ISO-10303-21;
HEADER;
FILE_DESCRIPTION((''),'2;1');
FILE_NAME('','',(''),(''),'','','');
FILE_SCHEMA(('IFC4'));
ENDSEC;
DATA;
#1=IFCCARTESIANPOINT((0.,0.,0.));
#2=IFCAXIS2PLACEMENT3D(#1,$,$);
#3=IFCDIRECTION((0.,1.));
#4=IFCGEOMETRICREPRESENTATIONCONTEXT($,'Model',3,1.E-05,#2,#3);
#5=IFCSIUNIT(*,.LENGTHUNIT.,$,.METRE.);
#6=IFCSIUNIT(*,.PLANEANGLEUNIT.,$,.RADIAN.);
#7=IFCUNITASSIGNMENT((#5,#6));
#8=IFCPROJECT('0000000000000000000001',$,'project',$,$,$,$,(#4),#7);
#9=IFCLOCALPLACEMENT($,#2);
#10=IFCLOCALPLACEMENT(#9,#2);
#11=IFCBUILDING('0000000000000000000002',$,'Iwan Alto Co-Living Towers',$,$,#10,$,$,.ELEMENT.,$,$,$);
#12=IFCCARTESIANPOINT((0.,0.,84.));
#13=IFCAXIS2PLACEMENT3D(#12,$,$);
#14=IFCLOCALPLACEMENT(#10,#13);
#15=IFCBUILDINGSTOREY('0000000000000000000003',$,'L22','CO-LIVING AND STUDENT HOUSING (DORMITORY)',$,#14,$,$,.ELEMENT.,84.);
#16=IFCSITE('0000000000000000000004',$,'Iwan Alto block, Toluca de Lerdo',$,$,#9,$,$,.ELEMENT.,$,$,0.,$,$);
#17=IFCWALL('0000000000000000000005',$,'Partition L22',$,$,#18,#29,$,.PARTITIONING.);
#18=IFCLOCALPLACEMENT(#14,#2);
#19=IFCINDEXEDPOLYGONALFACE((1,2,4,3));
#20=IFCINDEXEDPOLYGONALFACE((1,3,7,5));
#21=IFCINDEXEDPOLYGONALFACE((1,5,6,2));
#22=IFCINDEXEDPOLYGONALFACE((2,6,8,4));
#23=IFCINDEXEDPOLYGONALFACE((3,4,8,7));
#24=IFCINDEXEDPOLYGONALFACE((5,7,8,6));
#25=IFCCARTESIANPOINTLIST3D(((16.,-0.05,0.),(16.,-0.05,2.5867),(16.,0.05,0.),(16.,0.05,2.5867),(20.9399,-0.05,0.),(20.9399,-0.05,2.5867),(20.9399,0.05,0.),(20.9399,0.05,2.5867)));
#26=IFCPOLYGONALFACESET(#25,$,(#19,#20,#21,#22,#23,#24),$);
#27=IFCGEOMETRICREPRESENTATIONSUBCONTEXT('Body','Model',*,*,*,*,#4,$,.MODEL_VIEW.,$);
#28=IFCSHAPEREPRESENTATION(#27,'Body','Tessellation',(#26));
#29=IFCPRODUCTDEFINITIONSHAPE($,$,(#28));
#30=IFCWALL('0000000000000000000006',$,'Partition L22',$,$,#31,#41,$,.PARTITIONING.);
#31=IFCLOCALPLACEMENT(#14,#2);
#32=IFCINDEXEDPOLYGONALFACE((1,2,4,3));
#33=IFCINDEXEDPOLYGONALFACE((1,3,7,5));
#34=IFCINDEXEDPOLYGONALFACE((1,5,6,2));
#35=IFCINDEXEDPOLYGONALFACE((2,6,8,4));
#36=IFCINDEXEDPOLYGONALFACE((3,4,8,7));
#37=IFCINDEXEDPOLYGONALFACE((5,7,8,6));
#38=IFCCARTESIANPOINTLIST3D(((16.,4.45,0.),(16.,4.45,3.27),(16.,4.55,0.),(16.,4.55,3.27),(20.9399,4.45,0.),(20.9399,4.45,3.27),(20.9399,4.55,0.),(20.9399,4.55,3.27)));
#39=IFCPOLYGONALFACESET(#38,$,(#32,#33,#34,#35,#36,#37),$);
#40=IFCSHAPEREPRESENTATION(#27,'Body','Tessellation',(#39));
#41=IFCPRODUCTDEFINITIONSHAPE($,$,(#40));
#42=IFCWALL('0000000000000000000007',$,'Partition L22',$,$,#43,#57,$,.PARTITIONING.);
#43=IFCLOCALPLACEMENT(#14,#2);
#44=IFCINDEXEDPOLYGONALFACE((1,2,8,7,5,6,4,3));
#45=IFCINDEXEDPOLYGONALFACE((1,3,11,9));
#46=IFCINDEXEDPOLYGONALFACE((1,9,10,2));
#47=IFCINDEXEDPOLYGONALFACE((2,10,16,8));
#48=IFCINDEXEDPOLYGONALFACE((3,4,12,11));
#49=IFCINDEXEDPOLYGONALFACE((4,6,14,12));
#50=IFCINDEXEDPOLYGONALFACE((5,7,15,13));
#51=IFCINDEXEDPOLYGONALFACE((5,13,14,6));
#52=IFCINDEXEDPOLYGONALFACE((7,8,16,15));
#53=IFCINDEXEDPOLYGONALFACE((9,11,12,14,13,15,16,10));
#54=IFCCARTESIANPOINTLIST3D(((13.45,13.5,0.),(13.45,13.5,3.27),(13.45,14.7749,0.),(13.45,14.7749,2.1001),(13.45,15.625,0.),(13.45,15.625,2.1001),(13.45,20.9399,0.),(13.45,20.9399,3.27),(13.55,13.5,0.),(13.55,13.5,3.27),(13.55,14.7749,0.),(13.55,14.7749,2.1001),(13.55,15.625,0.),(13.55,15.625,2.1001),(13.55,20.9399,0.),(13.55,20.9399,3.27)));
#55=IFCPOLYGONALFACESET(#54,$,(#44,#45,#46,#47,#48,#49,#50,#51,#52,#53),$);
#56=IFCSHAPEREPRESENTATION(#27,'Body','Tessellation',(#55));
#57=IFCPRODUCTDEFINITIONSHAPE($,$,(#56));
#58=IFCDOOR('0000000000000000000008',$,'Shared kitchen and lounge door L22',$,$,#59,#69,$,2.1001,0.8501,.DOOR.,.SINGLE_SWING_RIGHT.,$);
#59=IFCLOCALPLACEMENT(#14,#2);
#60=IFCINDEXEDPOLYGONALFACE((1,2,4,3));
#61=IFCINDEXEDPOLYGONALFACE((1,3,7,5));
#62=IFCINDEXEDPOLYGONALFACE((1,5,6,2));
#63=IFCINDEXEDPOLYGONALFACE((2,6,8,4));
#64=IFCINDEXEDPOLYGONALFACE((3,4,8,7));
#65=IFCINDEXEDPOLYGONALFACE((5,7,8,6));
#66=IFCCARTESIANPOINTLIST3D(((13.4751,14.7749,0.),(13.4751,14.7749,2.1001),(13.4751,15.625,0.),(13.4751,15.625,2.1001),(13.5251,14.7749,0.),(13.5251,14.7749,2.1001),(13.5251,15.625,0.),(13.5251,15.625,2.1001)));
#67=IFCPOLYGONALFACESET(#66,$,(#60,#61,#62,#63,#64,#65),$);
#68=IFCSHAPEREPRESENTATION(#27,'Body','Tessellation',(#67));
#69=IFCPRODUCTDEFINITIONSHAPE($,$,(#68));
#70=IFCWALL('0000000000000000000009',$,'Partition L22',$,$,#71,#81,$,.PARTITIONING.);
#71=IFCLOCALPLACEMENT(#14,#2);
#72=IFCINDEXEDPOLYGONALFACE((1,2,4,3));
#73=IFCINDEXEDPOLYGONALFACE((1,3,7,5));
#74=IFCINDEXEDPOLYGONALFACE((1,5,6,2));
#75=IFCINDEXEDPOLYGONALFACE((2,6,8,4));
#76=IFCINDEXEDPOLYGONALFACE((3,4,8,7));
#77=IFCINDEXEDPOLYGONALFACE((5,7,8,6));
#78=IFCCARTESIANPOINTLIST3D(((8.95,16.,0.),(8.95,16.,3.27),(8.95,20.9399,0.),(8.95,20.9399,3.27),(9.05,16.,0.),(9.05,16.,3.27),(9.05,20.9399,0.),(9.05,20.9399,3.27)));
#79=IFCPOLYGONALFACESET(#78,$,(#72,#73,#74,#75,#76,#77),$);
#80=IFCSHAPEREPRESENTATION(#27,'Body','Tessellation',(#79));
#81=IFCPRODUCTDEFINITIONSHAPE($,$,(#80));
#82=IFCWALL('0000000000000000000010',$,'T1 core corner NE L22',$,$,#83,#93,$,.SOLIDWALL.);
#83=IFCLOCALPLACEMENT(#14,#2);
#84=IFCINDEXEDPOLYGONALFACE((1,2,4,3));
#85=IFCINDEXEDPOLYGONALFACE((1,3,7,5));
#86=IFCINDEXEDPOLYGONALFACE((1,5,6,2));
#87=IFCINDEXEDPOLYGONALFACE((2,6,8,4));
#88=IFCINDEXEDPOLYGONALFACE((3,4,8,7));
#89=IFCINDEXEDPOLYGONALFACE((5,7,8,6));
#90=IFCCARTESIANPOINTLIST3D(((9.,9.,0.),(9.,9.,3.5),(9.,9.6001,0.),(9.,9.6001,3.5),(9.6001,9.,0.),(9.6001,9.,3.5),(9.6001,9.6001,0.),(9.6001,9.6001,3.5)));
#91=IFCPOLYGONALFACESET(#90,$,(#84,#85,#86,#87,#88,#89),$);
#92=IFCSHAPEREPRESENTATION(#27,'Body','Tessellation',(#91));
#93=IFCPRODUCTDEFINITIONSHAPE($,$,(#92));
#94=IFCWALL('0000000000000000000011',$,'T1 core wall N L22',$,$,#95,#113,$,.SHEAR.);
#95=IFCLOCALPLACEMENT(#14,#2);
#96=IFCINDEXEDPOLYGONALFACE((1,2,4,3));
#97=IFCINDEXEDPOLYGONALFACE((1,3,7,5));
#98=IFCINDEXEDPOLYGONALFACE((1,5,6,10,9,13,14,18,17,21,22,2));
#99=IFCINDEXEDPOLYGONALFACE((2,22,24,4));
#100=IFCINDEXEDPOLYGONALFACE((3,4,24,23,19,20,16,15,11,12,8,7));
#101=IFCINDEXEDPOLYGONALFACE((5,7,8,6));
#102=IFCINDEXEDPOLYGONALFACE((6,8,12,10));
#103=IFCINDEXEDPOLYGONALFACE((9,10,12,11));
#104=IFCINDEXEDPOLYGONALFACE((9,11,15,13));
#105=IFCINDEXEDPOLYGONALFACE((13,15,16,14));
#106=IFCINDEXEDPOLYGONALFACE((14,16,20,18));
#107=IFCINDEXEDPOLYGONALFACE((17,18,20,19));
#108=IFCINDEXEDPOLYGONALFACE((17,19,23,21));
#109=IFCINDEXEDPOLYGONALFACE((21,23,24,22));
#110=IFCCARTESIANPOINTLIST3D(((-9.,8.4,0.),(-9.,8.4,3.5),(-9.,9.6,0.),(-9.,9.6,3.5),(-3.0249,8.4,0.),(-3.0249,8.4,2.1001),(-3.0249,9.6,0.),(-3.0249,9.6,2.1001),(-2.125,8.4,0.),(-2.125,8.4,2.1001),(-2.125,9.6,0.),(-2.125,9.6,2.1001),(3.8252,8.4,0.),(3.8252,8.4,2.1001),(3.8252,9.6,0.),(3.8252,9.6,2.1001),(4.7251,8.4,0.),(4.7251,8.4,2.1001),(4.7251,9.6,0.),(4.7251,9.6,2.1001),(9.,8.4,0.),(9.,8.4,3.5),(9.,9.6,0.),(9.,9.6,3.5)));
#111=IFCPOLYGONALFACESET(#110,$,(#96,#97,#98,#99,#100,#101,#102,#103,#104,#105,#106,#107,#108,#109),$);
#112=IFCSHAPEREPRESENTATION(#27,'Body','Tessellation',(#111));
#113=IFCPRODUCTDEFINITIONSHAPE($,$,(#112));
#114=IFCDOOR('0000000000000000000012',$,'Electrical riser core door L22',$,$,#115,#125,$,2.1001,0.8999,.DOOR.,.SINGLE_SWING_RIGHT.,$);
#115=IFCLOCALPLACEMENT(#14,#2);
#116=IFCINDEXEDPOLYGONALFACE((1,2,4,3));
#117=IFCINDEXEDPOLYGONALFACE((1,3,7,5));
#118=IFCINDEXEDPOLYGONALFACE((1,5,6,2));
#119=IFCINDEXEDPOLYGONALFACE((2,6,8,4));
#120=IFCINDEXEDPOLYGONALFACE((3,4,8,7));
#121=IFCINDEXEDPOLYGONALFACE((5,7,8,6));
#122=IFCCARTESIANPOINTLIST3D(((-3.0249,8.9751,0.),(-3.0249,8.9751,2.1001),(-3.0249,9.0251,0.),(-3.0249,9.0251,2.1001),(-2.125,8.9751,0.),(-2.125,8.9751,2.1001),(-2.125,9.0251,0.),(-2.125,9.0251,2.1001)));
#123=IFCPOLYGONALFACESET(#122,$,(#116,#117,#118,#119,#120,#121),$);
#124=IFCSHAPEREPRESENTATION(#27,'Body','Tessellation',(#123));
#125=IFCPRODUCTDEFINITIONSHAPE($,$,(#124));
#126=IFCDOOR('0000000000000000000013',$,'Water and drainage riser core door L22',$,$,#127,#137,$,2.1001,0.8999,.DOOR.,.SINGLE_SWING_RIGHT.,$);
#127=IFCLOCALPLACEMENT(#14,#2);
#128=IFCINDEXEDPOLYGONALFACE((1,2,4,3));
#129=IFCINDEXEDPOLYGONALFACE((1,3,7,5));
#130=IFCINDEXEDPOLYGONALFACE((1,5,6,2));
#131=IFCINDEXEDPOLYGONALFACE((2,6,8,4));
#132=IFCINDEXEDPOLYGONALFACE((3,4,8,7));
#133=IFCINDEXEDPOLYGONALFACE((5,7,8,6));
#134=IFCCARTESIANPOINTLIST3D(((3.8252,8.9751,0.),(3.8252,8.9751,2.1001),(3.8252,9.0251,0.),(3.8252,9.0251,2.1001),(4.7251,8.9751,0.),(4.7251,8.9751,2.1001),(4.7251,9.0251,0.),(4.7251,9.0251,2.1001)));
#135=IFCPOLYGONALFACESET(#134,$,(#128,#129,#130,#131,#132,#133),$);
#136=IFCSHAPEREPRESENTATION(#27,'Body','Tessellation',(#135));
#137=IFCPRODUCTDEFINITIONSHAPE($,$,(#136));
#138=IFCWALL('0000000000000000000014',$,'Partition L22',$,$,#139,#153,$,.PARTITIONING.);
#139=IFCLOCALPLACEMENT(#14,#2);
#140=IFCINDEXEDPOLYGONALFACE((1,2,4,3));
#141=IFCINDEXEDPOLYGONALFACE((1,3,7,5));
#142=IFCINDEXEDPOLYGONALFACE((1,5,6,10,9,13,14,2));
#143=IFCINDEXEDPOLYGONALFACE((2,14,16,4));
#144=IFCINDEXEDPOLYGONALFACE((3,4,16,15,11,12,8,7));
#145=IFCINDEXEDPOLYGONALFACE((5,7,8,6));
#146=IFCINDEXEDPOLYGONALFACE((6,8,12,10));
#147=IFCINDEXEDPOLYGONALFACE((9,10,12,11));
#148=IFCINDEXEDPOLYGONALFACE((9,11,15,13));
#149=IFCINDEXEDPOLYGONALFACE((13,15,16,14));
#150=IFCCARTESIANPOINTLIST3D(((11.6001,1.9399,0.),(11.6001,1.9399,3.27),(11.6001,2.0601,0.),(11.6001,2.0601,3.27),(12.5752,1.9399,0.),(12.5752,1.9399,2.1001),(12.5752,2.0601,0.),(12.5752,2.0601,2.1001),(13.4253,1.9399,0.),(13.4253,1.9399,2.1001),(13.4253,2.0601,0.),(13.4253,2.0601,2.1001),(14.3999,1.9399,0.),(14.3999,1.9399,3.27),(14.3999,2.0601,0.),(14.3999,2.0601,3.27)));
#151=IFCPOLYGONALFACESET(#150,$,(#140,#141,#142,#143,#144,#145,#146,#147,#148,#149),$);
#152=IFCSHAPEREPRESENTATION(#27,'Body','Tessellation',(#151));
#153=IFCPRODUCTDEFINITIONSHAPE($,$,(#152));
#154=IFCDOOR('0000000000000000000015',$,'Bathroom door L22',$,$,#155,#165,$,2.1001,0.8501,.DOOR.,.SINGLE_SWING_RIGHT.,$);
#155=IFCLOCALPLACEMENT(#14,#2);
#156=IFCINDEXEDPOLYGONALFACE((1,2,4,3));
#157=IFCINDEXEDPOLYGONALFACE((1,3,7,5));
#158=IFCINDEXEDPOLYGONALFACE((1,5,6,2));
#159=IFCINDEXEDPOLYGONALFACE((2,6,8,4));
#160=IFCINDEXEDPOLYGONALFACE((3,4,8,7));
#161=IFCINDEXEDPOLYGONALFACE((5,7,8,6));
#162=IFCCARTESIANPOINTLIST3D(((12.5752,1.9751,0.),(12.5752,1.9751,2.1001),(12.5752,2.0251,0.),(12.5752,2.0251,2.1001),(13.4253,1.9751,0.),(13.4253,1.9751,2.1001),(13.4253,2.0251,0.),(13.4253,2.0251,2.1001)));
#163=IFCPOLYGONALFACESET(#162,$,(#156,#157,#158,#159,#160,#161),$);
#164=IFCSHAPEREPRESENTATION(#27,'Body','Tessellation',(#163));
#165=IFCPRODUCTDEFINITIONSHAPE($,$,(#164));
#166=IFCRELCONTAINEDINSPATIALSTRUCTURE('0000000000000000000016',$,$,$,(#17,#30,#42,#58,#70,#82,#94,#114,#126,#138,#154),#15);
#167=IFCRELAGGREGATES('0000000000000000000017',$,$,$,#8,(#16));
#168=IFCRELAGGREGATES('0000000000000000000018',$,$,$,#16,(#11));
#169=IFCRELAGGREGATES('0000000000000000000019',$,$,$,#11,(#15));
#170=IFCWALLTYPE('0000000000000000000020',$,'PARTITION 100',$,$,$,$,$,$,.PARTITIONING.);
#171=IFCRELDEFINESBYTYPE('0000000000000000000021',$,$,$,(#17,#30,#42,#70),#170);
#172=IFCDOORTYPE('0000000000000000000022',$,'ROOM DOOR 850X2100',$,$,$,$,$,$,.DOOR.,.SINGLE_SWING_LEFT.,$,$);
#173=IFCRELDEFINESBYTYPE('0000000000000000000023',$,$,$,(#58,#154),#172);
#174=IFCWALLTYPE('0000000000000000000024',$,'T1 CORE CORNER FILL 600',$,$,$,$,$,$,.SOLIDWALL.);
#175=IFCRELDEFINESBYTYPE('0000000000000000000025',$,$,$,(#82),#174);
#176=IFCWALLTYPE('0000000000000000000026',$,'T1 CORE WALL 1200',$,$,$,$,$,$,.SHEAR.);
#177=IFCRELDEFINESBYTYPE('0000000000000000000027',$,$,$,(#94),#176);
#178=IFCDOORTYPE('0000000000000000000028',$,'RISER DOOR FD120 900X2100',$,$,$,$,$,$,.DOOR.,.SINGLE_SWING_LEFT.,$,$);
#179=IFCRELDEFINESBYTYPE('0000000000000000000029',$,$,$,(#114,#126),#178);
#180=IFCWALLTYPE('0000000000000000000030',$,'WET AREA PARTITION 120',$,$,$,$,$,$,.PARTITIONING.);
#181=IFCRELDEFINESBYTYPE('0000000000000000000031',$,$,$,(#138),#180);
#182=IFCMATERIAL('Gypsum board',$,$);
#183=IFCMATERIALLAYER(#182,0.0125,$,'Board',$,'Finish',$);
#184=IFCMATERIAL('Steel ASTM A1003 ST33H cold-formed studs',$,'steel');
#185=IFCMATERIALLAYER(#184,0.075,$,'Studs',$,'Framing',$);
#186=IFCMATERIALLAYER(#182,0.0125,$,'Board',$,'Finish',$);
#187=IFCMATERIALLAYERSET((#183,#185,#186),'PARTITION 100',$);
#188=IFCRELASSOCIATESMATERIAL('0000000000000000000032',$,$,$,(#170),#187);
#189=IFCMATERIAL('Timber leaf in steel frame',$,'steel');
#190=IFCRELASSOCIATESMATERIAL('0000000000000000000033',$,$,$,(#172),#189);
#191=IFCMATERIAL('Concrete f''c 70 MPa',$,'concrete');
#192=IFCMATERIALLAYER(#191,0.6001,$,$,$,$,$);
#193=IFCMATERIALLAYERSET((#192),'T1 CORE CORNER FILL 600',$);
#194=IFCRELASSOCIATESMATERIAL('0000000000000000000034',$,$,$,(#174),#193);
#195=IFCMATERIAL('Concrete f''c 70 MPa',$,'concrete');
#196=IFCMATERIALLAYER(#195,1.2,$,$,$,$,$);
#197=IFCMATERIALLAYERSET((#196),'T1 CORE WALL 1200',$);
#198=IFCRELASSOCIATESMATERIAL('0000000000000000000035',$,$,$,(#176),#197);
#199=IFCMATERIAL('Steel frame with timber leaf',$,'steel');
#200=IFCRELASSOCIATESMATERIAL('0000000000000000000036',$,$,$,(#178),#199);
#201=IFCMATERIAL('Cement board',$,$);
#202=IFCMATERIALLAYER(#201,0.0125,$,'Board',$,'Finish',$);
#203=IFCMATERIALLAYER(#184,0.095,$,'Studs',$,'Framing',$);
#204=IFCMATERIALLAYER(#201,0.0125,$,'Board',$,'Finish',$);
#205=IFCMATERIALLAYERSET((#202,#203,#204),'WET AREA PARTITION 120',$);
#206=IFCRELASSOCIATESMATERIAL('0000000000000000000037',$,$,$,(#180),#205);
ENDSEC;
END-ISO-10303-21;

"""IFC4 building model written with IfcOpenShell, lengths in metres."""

from ifc_helpers import new_model, si_unit, direction, frame, frame_2d, origin, place, context, subcontext, project, spatial, rectangle, extrude, material, layer, layer_set, type_object, element, fill, save


model = new_model("IFC4")

# Units and contexts
model_context = context("Model", 3, precision=1e-05, world=origin(), true_north=direction((0.0, 1.0)))
body_context = subcontext(model_context, "Body", "Model", "MODEL_VIEW")
ifc_project = project(units=[si_unit("LENGTHUNIT", "METRE"), si_unit("PLANEANGLEUNIT", "RADIAN")], contexts=[model_context])

# Site, building, storey
site_placement = place(None, origin())
site = spatial("IfcSite", under=ifc_project, at=site_placement, Name="Iwan Alto block, Toluca de Lerdo", CompositionType="ELEMENT", RefElevation=0.0)
building_placement = place(site_placement, origin())
building = spatial("IfcBuilding", under=site, at=building_placement, Name="Iwan Alto Co-Living Towers", CompositionType="ELEMENT")
storey_placement = place(building_placement, frame((0.0, 0.0, 84.0)))
storey = spatial("IfcBuildingStorey", under=building, at=storey_placement, Name="L22", Description="CO-LIVING AND STUDENT HOUSING (DORMITORY)", CompositionType="ELEMENT", Elevation=84.0)

# Walls
ifc_material_1 = material(Name="Gypsum board")
ifc_material_2 = material(Name="Steel ASTM A1003 ST33H cold-formed studs", Category="steel")
ifc_layer_1 = layer(ifc_material_1, 0.0125, Name="Board", Category="Finish")
ifc_layer_2 = layer(ifc_material_2, 0.075, Name="Studs", Category="Framing")
ifc_layer_3 = layer(ifc_material_1, 0.0125, Name="Board", Category="Finish")
ifc_layer_set_1 = layer_set([ifc_layer_1, ifc_layer_2, ifc_layer_3], Name="PARTITION 100")
wall_type_1 = type_object("IfcWallType", Name="PARTITION 100", PredefinedType="PARTITIONING", material=ifc_layer_set_1)
wall_1_placement = place(storey_placement, frame((16.0, 0.0, 0.0), z_axis=(0.0, 0.0, 1.0), x_axis=(1.0, 0.0, 0.0)))
element("IfcWall", 1, at=wall_1_placement, inside=storey, type_object=wall_type_1, Name="Partition L22", PredefinedType="PARTITIONING", context=body_context, shape_type="SweptSolid", body=[
    extrude(rectangle(XDim=4.9399, YDim=0.1001, at=frame_2d((2.47, 0.0))), origin(), (0.0, 0.0, 1.0), 2.5867),
])
wall_2_placement = place(storey_placement, frame((16.0, 4.5, 0.0), z_axis=(0.0, 0.0, 1.0), x_axis=(1.0, 0.0, 0.0)))
element("IfcWall", 2, at=wall_2_placement, inside=storey, type_object=wall_type_1, Name="Partition L22", PredefinedType="PARTITIONING", context=body_context, shape_type="SweptSolid", body=[
    extrude(rectangle(XDim=4.9399, YDim=0.1001, at=frame_2d((2.47, 0.0))), origin(), (0.0, 0.0, 1.0), 3.27),
])

# Wall, opening, door
wall_3_placement = place(storey_placement, frame((13.5, 13.5, 0.0), z_axis=(0.0, 0.0, 1.0), x_axis=(0.0, 1.0, 0.0)))
wall_3 = element("IfcWall", 3, at=wall_3_placement, inside=storey, type_object=wall_type_1, Name="Partition L22", PredefinedType="PARTITIONING", context=body_context, shape_type="SweptSolid", body=[
    extrude(rectangle(XDim=7.4399, YDim=0.1001, at=frame_2d((3.72, 0.0))), origin(), (0.0, 0.0, 1.0), 3.27),
])
opening_1_placement = place(wall_3_placement, frame((1.2749, 0.0, 0.0)))
opening_1 = element("IfcOpeningElement", 4, at=opening_1_placement, cuts=wall_3, PredefinedType="OPENING", context=body_context, shape_type="SweptSolid", body=[
    extrude(rectangle(XDim=0.8501, YDim=2.1001, at=frame_2d((0.425, 1.05))), frame((0.0, 0.0601, 0.0), z_axis=(0.0, -1.0, 0.0), x_axis=(1.0, 0.0, 0.0)), (0.0, 0.0, 1.0), 0.1201),
])
ifc_material_3 = material(Name="Timber leaf in steel frame", Category="steel")
door_type_1 = type_object("IfcDoorType", Name="ROOM DOOR 850X2100", OperationType="SINGLE_SWING_LEFT", PredefinedType="DOOR", material=ifc_material_3)
door_1_placement = place(opening_1_placement, origin())
door_1 = element("IfcDoor", 5, at=door_1_placement, inside=storey, type_object=door_type_1, Name="Shared kitchen and lounge door L22", OperationType="SINGLE_SWING_RIGHT", OverallHeight=2.1001, OverallWidth=0.8501, PredefinedType="DOOR", context=body_context, shape_type="SweptSolid", body=[
    extrude(rectangle(XDim=0.8501, YDim=2.1001, at=frame_2d((0.425, 1.05))), frame((0.0, 0.0249, 0.0), z_axis=(0.0, -1.0, 0.0), x_axis=(1.0, 0.0, 0.0)), (0.0, 0.0, 1.0), 0.05),
])
fill(opening_1, door_1)

# Walls
wall_4_placement = place(storey_placement, frame((9.0, 16.0, 0.0), z_axis=(0.0, 0.0, 1.0), x_axis=(0.0, 1.0, 0.0)))
element("IfcWall", 6, at=wall_4_placement, inside=storey, type_object=wall_type_1, Name="Partition L22", PredefinedType="PARTITIONING", context=body_context, shape_type="SweptSolid", body=[
    extrude(rectangle(XDim=4.9399, YDim=0.1001, at=frame_2d((2.47, 0.0))), origin(), (0.0, 0.0, 1.0), 3.27),
])
ifc_material_4 = material(Name="Concrete f'c 70 MPa", Category="concrete")
ifc_layer_4 = layer(ifc_material_4, 0.6001)
ifc_layer_set_2 = layer_set([ifc_layer_4], Name="T1 CORE CORNER FILL 600")
wall_type_2 = type_object("IfcWallType", Name="T1 CORE CORNER FILL 600", PredefinedType="SOLIDWALL", material=ifc_layer_set_2)
wall_5_placement = place(storey_placement, frame((9.0, 9.3, 0.0), z_axis=(0.0, 0.0, 1.0), x_axis=(1.0, 0.0, 0.0)))
element("IfcWall", 7, at=wall_5_placement, inside=storey, type_object=wall_type_2, Name="T1 core corner NE L22", PredefinedType="SOLIDWALL", context=body_context, shape_type="SweptSolid", body=[
    extrude(rectangle(XDim=0.6001, YDim=0.6001, at=frame_2d((0.3, 0.0))), origin(), (0.0, 0.0, 1.0), 3.5),
])

# Wall, openings, doors
ifc_material_5 = material(Name="Concrete f'c 70 MPa", Category="concrete")
ifc_layer_5 = layer(ifc_material_5, 1.2)
ifc_layer_set_3 = layer_set([ifc_layer_5], Name="T1 CORE WALL 1200")
wall_type_3 = type_object("IfcWallType", Name="T1 CORE WALL 1200", PredefinedType="SHEAR", material=ifc_layer_set_3)
wall_6_placement = place(storey_placement, frame((9.0, 9.0, 0.0), z_axis=(0.0, 0.0, 1.0), x_axis=(-1.0, 0.0, 0.0)))
wall_6 = element("IfcWall", 8, at=wall_6_placement, inside=storey, type_object=wall_type_3, Name="T1 core wall N L22", PredefinedType="SHEAR", context=body_context, shape_type="SweptSolid", body=[
    extrude(rectangle(XDim=18.0, YDim=1.2, at=frame_2d((9.0, 0.0))), origin(), (0.0, 0.0, 1.0), 3.5),
])
opening_2_placement = place(wall_6_placement, frame((11.125, 0.0, 0.0)))
opening_2 = element("IfcOpeningElement", 9, at=opening_2_placement, cuts=wall_6, PredefinedType="OPENING", context=body_context, shape_type="SweptSolid", body=[
    extrude(rectangle(XDim=0.8999, YDim=2.1001, at=frame_2d((0.45, 1.05))), frame((0.0, 0.6099, 0.0), z_axis=(0.0, -1.0, 0.0), x_axis=(1.0, 0.0, 0.0)), (0.0, 0.0, 1.0), 1.22),
])
opening_3_placement = place(wall_6_placement, frame((4.2749, 0.0, 0.0)))
opening_3 = element("IfcOpeningElement", 10, at=opening_3_placement, cuts=wall_6, PredefinedType="OPENING", context=body_context, shape_type="SweptSolid", body=[
    extrude(rectangle(XDim=0.8999, YDim=2.1001, at=frame_2d((0.45, 1.05))), frame((0.0, 0.6099, 0.0), z_axis=(0.0, -1.0, 0.0), x_axis=(1.0, 0.0, 0.0)), (0.0, 0.0, 1.0), 1.22),
])
ifc_material_6 = material(Name="Steel frame with timber leaf", Category="steel")
door_type_2 = type_object("IfcDoorType", Name="RISER DOOR FD120 900X2100", OperationType="SINGLE_SWING_LEFT", PredefinedType="DOOR", material=ifc_material_6)
door_2_placement = place(opening_2_placement, origin())
door_2 = element("IfcDoor", 11, at=door_2_placement, inside=storey, type_object=door_type_2, Name="Electrical riser core door L22", OperationType="SINGLE_SWING_RIGHT", OverallHeight=2.1001, OverallWidth=0.8999, PredefinedType="DOOR", context=body_context, shape_type="SweptSolid", body=[
    extrude(rectangle(XDim=0.8999, YDim=2.1001, at=frame_2d((0.45, 1.05))), frame((0.0, 0.0249, 0.0), z_axis=(0.0, -1.0, 0.0), x_axis=(1.0, 0.0, 0.0)), (0.0, 0.0, 1.0), 0.05),
])
fill(opening_2, door_2)
door_3_placement = place(opening_3_placement, origin())
door_3 = element("IfcDoor", 12, at=door_3_placement, inside=storey, type_object=door_type_2, Name="Water and drainage riser core door L22", OperationType="SINGLE_SWING_RIGHT", OverallHeight=2.1001, OverallWidth=0.8999, PredefinedType="DOOR", context=body_context, shape_type="SweptSolid", body=[
    extrude(rectangle(XDim=0.8999, YDim=2.1001, at=frame_2d((0.45, 1.05))), frame((0.0, 0.0249, 0.0), z_axis=(0.0, -1.0, 0.0), x_axis=(1.0, 0.0, 0.0)), (0.0, 0.0, 1.0), 0.05),
])
fill(opening_3, door_3)

# Wall, opening, door
ifc_material_7 = material(Name="Cement board")
ifc_layer_6 = layer(ifc_material_7, 0.0125, Name="Board", Category="Finish")
ifc_layer_7 = layer(ifc_material_2, 0.095, Name="Studs", Category="Framing")
ifc_layer_8 = layer(ifc_material_7, 0.0125, Name="Board", Category="Finish")
ifc_layer_set_4 = layer_set([ifc_layer_6, ifc_layer_7, ifc_layer_8], Name="WET AREA PARTITION 120")
wall_type_4 = type_object("IfcWallType", Name="WET AREA PARTITION 120", PredefinedType="PARTITIONING", material=ifc_layer_set_4)
wall_7_placement = place(storey_placement, frame((11.6001, 2.0, 0.0), z_axis=(0.0, 0.0, 1.0), x_axis=(1.0, 0.0, 0.0)))
wall_7 = element("IfcWall", 13, at=wall_7_placement, inside=storey, type_object=wall_type_4, Name="Partition L22", PredefinedType="PARTITIONING", context=body_context, shape_type="SweptSolid", body=[
    extrude(rectangle(XDim=2.7998, YDim=0.1201, at=frame_2d((1.3999, 0.0))), origin(), (0.0, 0.0, 1.0), 3.27),
])
opening_4_placement = place(wall_7_placement, frame((0.9751, 0.0, 0.0)))
opening_4 = element("IfcOpeningElement", 14, at=opening_4_placement, cuts=wall_7, PredefinedType="OPENING", context=body_context, shape_type="SweptSolid", body=[
    extrude(rectangle(XDim=0.8501, YDim=2.1001, at=frame_2d((0.425, 1.05))), frame((0.0, 0.0701, 0.0), z_axis=(0.0, -1.0, 0.0), x_axis=(1.0, 0.0, 0.0)), (0.0, 0.0, 1.0), 0.1401),
])
door_4_placement = place(opening_4_placement, frame((0.8501, 0.0, 0.0), z_axis=(0.0, 0.0, 1.0), x_axis=(-1.0, 0.0, 0.0)))
door_4 = element("IfcDoor", 15, at=door_4_placement, inside=storey, type_object=door_type_1, Name="Bathroom door L22", OperationType="SINGLE_SWING_RIGHT", OverallHeight=2.1001, OverallWidth=0.8501, PredefinedType="DOOR", context=body_context, shape_type="SweptSolid", body=[
    extrude(rectangle(XDim=0.8501, YDim=2.1001, at=frame_2d((0.425, 1.05))), frame((0.0, 0.0249, 0.0), z_axis=(0.0, -1.0, 0.0), x_axis=(1.0, 0.0, 0.0)), (0.0, 0.0, 1.0), 0.05),
])
fill(opening_4, door_4)

save(model, "model.ifc")
